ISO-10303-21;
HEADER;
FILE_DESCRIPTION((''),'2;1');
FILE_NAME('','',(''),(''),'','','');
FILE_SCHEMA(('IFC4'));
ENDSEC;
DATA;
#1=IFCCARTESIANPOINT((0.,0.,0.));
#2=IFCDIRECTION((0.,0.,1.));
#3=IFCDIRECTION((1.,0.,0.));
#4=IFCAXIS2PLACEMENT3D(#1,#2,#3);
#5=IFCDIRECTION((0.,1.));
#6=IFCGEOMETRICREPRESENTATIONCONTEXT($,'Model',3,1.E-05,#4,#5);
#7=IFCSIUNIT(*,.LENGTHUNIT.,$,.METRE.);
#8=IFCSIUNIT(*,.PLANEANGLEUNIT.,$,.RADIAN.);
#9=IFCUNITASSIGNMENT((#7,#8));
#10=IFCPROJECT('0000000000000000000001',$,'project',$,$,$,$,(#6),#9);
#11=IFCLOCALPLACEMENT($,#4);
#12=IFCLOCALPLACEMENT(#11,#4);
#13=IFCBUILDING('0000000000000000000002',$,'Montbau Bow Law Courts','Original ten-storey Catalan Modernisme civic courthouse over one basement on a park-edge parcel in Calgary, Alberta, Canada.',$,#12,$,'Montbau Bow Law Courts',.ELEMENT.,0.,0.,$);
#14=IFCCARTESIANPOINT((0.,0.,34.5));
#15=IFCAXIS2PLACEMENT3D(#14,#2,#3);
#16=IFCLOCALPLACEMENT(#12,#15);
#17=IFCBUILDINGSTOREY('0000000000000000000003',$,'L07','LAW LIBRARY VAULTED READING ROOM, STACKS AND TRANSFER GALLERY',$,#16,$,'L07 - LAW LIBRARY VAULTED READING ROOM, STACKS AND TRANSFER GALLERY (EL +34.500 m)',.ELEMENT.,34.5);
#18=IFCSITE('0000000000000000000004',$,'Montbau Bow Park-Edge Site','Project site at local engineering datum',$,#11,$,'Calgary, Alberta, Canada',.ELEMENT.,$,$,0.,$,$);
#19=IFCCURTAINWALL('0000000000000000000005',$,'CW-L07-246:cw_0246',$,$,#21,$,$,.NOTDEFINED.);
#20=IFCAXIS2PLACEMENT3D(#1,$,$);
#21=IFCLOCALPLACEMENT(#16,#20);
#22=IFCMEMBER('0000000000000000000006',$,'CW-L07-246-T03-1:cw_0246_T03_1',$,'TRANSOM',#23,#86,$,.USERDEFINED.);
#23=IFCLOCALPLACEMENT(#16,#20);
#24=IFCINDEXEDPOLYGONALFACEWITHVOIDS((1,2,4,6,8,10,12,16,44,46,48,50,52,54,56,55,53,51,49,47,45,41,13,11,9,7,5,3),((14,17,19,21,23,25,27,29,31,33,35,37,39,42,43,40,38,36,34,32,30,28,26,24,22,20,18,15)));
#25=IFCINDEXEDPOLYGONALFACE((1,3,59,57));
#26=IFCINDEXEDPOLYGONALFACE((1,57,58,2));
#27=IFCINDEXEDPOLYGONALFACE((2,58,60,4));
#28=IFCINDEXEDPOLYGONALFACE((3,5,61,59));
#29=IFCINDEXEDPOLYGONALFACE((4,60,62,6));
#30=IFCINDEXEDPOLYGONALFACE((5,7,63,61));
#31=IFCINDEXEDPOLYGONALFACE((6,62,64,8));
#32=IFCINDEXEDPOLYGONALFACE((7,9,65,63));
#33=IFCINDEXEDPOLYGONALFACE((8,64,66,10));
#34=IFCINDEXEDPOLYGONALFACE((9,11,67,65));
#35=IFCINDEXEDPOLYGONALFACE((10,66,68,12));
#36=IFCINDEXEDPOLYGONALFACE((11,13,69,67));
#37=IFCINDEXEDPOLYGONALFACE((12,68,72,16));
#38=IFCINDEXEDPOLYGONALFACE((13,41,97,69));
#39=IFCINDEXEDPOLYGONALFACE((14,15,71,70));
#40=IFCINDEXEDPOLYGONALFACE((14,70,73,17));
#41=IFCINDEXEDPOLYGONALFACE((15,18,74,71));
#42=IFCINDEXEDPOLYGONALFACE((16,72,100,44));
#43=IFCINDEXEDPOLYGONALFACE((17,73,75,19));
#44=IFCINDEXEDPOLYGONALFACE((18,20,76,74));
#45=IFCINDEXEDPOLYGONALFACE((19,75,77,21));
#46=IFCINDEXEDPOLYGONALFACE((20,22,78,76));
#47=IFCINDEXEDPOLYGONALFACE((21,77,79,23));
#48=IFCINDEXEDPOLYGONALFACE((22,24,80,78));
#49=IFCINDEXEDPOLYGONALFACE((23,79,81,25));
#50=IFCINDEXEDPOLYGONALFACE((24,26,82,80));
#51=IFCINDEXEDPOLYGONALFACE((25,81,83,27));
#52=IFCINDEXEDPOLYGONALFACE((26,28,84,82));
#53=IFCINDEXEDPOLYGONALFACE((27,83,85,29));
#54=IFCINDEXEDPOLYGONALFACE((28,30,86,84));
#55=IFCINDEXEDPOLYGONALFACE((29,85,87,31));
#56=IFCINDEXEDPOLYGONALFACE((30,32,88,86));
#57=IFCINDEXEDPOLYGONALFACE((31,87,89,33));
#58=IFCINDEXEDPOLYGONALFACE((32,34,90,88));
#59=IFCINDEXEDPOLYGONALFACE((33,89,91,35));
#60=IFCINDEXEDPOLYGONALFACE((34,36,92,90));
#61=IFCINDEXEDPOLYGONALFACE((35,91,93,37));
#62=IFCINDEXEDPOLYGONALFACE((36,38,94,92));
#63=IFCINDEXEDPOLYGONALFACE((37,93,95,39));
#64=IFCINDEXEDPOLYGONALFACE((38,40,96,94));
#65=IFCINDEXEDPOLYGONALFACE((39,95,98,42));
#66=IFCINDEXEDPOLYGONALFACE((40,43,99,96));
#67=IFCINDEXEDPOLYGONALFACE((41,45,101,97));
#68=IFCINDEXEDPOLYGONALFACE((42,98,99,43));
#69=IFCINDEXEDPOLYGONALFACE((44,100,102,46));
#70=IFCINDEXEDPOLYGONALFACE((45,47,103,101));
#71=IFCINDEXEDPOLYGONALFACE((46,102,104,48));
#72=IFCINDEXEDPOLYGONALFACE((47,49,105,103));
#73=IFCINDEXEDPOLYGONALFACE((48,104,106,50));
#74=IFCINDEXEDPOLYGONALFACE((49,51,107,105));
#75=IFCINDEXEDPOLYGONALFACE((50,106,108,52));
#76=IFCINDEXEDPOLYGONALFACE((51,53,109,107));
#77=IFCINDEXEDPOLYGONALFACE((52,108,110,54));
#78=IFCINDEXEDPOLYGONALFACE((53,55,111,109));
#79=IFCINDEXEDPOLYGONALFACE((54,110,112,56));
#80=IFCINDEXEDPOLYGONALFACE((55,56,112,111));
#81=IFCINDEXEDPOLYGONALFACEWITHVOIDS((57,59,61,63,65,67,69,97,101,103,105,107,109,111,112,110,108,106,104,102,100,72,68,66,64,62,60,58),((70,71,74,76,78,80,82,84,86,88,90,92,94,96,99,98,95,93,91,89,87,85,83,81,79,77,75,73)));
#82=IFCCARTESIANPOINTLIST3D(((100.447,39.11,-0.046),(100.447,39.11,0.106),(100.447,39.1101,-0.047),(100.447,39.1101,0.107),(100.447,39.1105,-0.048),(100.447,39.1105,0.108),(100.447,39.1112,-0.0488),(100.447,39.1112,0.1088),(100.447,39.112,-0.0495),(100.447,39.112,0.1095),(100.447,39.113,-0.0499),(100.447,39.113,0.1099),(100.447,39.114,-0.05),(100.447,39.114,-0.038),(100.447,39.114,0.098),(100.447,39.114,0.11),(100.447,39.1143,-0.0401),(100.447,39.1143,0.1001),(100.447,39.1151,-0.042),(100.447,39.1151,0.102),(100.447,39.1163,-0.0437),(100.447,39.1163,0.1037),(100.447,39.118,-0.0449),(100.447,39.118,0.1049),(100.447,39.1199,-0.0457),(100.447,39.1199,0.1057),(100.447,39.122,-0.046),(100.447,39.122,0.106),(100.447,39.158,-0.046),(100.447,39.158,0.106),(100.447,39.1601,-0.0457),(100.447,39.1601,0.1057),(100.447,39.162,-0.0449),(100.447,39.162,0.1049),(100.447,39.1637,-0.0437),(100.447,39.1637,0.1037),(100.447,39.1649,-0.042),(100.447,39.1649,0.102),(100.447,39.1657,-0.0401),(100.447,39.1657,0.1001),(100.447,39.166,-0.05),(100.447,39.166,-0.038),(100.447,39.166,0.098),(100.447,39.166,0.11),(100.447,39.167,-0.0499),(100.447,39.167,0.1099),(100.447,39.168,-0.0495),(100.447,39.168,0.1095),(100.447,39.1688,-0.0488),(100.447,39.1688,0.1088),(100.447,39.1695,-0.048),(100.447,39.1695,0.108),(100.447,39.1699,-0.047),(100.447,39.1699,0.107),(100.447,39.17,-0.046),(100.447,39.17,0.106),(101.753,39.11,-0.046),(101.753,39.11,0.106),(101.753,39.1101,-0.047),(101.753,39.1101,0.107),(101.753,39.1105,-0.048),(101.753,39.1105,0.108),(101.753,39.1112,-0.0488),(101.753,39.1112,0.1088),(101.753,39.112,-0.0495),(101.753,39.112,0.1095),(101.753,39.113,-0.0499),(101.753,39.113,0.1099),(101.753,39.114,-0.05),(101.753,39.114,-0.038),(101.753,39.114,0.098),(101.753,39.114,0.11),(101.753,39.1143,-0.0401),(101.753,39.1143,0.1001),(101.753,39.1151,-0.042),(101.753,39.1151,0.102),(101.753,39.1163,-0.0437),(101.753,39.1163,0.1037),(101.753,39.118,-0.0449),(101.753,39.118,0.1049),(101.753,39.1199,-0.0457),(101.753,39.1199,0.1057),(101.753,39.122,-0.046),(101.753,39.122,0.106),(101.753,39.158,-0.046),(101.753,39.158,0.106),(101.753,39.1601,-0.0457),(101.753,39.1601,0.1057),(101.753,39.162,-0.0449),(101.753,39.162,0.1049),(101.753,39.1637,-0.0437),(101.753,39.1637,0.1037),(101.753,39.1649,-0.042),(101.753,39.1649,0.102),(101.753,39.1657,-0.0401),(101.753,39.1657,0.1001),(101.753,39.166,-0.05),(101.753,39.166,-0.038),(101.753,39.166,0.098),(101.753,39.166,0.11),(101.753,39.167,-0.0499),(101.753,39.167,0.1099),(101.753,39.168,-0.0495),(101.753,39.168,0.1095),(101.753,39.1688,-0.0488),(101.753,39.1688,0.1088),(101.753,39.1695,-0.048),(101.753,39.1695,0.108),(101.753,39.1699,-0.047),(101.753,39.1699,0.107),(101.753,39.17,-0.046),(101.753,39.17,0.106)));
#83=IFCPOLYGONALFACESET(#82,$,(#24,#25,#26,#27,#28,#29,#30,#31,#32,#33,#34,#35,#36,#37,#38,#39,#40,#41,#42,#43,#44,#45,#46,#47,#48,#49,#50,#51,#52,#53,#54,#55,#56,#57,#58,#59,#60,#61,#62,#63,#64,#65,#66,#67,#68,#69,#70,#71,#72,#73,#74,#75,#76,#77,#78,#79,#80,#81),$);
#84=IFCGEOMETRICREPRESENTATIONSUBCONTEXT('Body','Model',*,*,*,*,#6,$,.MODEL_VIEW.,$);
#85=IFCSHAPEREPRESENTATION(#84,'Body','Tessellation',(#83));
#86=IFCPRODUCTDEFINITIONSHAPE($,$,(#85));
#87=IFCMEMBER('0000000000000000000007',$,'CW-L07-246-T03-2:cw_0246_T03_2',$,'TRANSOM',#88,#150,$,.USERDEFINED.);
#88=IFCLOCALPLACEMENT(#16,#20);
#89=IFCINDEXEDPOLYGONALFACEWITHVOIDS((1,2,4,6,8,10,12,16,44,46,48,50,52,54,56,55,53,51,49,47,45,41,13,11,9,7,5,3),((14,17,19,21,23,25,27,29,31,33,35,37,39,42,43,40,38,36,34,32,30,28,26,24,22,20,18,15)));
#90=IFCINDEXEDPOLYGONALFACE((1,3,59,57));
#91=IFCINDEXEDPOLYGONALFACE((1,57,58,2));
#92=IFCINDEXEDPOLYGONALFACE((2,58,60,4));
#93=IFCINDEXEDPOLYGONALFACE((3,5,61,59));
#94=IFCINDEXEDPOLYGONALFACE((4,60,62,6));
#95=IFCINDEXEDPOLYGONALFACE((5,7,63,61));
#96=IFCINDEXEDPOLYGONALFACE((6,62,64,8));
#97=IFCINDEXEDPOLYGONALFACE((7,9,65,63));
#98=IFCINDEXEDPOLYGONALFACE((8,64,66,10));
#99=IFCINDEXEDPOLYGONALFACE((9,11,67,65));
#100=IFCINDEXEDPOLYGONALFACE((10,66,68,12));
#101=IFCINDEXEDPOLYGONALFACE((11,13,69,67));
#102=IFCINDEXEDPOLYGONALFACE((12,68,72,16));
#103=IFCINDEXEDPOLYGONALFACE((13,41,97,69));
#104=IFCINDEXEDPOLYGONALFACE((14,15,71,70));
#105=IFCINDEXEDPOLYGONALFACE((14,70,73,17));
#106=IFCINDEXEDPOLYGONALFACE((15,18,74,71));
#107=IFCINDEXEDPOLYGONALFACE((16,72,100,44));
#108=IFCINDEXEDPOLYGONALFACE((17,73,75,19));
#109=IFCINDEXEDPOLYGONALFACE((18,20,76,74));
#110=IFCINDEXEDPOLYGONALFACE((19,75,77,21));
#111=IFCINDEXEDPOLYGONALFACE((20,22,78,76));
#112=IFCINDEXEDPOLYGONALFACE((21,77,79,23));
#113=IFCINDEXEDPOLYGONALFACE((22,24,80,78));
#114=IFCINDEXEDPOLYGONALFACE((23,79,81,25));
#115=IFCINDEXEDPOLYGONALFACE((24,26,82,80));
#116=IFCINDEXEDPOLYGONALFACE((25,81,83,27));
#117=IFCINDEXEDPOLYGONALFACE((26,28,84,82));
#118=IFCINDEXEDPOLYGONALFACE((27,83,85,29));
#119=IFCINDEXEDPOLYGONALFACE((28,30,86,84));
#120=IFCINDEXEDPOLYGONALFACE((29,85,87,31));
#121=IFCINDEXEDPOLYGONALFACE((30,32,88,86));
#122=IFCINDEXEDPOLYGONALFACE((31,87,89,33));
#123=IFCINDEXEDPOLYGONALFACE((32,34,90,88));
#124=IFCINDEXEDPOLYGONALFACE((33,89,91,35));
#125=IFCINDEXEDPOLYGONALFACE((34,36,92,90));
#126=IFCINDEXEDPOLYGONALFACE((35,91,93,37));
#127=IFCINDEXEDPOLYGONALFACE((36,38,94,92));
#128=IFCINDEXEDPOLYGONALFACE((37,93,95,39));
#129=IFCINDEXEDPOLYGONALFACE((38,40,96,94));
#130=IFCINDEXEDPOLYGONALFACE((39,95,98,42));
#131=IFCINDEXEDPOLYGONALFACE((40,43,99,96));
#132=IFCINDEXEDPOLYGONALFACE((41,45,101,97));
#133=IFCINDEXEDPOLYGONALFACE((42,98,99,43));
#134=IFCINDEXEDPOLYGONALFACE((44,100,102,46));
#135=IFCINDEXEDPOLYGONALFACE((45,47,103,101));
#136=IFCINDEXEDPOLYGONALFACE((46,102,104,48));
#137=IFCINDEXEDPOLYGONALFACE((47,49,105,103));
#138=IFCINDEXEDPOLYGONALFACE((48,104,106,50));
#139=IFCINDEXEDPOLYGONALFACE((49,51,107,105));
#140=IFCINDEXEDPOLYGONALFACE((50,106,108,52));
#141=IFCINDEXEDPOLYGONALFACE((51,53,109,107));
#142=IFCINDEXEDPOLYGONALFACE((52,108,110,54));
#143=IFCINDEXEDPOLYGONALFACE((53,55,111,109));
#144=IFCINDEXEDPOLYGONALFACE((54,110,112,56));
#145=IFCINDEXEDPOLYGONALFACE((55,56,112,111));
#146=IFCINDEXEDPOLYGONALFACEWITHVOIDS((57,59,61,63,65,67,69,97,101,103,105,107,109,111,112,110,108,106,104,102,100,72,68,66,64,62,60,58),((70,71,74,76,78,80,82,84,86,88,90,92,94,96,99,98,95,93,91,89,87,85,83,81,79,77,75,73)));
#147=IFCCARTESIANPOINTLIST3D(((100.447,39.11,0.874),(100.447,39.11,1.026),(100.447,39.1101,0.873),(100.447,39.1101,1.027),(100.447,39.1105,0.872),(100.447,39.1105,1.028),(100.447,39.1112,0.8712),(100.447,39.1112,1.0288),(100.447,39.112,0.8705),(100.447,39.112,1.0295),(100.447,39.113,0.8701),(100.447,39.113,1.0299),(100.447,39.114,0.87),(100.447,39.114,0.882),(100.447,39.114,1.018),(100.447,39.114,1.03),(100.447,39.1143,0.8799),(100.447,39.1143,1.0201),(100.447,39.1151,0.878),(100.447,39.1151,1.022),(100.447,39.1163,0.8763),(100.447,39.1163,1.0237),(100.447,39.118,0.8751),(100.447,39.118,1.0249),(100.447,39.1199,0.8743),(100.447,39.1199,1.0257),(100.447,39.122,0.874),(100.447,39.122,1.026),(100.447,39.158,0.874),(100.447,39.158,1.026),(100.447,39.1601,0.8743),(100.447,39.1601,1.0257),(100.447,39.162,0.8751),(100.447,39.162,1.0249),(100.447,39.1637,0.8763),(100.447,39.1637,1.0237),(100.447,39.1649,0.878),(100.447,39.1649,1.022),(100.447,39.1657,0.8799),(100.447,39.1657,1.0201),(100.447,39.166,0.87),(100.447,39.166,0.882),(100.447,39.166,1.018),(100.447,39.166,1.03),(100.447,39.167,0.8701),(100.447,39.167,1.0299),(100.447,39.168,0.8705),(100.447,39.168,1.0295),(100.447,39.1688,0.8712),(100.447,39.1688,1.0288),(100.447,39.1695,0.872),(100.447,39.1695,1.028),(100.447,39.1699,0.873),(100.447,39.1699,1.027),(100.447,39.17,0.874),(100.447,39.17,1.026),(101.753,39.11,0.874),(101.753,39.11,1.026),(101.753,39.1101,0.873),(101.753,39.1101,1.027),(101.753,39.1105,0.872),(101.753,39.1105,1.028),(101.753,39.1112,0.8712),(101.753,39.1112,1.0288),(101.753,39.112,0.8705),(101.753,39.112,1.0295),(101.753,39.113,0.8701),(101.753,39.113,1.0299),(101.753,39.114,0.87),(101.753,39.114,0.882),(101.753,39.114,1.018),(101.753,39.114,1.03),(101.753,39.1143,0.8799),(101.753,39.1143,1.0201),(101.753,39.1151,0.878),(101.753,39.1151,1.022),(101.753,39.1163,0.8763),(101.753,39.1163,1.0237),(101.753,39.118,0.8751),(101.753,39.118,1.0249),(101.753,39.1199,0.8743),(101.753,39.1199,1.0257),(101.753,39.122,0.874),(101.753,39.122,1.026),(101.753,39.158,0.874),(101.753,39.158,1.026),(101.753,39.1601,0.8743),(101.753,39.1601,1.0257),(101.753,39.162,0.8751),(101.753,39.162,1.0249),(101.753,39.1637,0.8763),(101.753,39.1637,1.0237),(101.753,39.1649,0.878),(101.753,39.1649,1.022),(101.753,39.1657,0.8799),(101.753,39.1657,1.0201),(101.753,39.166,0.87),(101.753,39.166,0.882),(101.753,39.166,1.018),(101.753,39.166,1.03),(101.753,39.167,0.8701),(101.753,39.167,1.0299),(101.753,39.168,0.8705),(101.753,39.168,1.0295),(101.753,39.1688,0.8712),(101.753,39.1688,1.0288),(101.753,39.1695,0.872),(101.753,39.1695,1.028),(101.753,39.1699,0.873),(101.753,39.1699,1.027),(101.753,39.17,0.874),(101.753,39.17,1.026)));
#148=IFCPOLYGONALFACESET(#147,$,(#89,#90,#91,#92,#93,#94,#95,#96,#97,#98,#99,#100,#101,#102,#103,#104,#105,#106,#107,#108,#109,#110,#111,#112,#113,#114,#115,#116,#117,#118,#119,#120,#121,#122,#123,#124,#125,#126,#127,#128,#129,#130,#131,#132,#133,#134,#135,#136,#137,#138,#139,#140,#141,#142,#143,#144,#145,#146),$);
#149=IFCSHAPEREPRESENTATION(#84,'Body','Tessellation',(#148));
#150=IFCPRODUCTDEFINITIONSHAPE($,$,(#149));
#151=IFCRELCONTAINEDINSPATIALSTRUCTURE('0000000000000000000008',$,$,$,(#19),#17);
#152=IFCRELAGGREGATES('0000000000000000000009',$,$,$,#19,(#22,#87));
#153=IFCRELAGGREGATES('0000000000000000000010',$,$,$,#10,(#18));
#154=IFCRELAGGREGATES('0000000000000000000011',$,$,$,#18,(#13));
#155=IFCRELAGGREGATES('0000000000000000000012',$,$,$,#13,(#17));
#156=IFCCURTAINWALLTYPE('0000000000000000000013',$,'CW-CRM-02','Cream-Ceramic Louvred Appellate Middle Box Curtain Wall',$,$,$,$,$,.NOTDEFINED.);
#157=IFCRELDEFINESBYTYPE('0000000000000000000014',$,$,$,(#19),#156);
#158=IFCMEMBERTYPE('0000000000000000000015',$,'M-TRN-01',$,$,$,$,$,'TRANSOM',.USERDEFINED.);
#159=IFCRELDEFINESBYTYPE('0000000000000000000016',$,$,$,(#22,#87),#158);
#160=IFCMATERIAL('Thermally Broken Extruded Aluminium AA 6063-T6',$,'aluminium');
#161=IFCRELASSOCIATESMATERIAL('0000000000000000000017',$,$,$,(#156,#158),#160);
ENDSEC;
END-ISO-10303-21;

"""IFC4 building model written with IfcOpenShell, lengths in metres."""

from ifc_helpers import new_model, si_unit, direction, frame, origin_with_axes, origin_2d_with_axis, place, context, subcontext, project, spatial, hollow_rectangle, extrude, material, material_profile, profile_set, type_object, element, aggregate, save


model = new_model("IFC4")

# Units and contexts
model_context = context("Model", 3, precision=1e-05, world=origin_with_axes(), true_north=direction((0.0, 1.0)))
body_context = subcontext(model_context, "Body", "Model", "MODEL_VIEW")
ifc_project = project(units=[si_unit("LENGTHUNIT", "METRE"), si_unit("PLANEANGLEUNIT", "RADIAN")], contexts=[model_context])

# Site, building, storey
site_placement = place(None, origin_with_axes())
site = spatial("IfcSite", under=ifc_project, at=site_placement, Name="Montbau Bow Park-Edge Site", Description="Project site at local engineering datum", LongName="Calgary, Alberta, Canada", CompositionType="ELEMENT", RefElevation=0.0)
building_placement = place(site_placement, origin_with_axes())
building = spatial("IfcBuilding", under=site, at=building_placement, Name="Montbau Bow Law Courts", Description="Original ten-storey Catalan Modernisme civic courthouse over one basement on a park-edge parcel in Calgary, Alberta, Canada.", LongName="Montbau Bow Law Courts", CompositionType="ELEMENT", ElevationOfRefHeight=0.0, ElevationOfTerrain=0.0)
storey_placement = place(building_placement, frame((0.0, 0.0, 34.5), z_axis=(0.0, 0.0, 1.0), x_axis=(1.0, 0.0, 0.0)))
storey = spatial("IfcBuildingStorey", under=building, at=storey_placement, Name="L07", Description="LAW LIBRARY VAULTED READING ROOM, STACKS AND TRANSFER GALLERY", LongName="L07 - LAW LIBRARY VAULTED READING ROOM, STACKS AND TRANSFER GALLERY (EL +34.500 m)", CompositionType="ELEMENT", Elevation=34.5)

# Curtain wall
ifc_material_1 = material(Name="Thermally Broken Extruded Aluminium AA 6063-T6", Category="aluminium")
curtain_wall_type = type_object("IfcCurtainWallType", Name="CW-CRM-02", Description="Cream-Ceramic Louvred Appellate Middle Box Curtain Wall", PredefinedType="NOTDEFINED", material=ifc_material_1)
curtain_wall_1_placement = place(None, frame((97.64, 39.14, 34.5), z_axis=(0.0, 0.0, 1.0), x_axis=(1.0, 0.0, 0.0)))
curtain_wall_1 = element("IfcCurtainWall", 1, at=curtain_wall_1_placement, inside=storey, type_object=curtain_wall_type, Name="CW-L07-246:cw_0246", PredefinedType="NOTDEFINED")

# Members
ifc_material_profile_1 = material_profile(ifc_material_1, hollow_rectangle(XDim=0.06, YDim=0.16, WallThickness=0.004, InnerFilletRadius=0.008, OuterFilletRadius=0.004, at=origin_2d_with_axis()), Name="CWT-160X60", Category="Main", Priority=0)
ifc_profile_set_1 = profile_set([ifc_material_profile_1], Name="Thermally Broken Extruded Aluminium AA 6063-T6")
member_type_1 = type_object("IfcMemberType", Name="M-TRN-01", ElementType="TRANSOM", PredefinedType="USERDEFINED", material=ifc_profile_set_1)
member_1_placement = place(None, frame((100.447, 39.14, 34.53), z_axis=(1.0, 0.0, 0.0), x_axis=(0.0, 1.0, 0.0)))
member_1 = element("IfcMember", 2, at=member_1_placement, type_object=member_type_1, Name="CW-L07-246-T03-1:cw_0246_T03_1", ObjectType="TRANSOM", PredefinedType="USERDEFINED", context=body_context, shape_type="SweptSolid", body=[
    extrude(hollow_rectangle(XDim=0.06, YDim=0.16, WallThickness=0.004, InnerFilletRadius=0.008, OuterFilletRadius=0.004, at=origin_2d_with_axis()), origin_with_axes(), (0.0, 0.0, 1.0), 1.306),
])
member_2_placement = place(None, frame((100.447, 39.14, 35.45), z_axis=(1.0, 0.0, 0.0), x_axis=(0.0, 1.0, 0.0)))
member_2 = element("IfcMember", 3, at=member_2_placement, type_object=member_type_1, Name="CW-L07-246-T03-2:cw_0246_T03_2", ObjectType="TRANSOM", PredefinedType="USERDEFINED", context=body_context, shape_type="SweptSolid", body=[
    extrude(hollow_rectangle(XDim=0.06, YDim=0.16, WallThickness=0.004, InnerFilletRadius=0.008, OuterFilletRadius=0.004, at=origin_2d_with_axis()), origin_with_axes(), (0.0, 0.0, 1.0), 1.306),
])

aggregate(curtain_wall_1, [member_1, member_2])

save(model, "model.ifc")
